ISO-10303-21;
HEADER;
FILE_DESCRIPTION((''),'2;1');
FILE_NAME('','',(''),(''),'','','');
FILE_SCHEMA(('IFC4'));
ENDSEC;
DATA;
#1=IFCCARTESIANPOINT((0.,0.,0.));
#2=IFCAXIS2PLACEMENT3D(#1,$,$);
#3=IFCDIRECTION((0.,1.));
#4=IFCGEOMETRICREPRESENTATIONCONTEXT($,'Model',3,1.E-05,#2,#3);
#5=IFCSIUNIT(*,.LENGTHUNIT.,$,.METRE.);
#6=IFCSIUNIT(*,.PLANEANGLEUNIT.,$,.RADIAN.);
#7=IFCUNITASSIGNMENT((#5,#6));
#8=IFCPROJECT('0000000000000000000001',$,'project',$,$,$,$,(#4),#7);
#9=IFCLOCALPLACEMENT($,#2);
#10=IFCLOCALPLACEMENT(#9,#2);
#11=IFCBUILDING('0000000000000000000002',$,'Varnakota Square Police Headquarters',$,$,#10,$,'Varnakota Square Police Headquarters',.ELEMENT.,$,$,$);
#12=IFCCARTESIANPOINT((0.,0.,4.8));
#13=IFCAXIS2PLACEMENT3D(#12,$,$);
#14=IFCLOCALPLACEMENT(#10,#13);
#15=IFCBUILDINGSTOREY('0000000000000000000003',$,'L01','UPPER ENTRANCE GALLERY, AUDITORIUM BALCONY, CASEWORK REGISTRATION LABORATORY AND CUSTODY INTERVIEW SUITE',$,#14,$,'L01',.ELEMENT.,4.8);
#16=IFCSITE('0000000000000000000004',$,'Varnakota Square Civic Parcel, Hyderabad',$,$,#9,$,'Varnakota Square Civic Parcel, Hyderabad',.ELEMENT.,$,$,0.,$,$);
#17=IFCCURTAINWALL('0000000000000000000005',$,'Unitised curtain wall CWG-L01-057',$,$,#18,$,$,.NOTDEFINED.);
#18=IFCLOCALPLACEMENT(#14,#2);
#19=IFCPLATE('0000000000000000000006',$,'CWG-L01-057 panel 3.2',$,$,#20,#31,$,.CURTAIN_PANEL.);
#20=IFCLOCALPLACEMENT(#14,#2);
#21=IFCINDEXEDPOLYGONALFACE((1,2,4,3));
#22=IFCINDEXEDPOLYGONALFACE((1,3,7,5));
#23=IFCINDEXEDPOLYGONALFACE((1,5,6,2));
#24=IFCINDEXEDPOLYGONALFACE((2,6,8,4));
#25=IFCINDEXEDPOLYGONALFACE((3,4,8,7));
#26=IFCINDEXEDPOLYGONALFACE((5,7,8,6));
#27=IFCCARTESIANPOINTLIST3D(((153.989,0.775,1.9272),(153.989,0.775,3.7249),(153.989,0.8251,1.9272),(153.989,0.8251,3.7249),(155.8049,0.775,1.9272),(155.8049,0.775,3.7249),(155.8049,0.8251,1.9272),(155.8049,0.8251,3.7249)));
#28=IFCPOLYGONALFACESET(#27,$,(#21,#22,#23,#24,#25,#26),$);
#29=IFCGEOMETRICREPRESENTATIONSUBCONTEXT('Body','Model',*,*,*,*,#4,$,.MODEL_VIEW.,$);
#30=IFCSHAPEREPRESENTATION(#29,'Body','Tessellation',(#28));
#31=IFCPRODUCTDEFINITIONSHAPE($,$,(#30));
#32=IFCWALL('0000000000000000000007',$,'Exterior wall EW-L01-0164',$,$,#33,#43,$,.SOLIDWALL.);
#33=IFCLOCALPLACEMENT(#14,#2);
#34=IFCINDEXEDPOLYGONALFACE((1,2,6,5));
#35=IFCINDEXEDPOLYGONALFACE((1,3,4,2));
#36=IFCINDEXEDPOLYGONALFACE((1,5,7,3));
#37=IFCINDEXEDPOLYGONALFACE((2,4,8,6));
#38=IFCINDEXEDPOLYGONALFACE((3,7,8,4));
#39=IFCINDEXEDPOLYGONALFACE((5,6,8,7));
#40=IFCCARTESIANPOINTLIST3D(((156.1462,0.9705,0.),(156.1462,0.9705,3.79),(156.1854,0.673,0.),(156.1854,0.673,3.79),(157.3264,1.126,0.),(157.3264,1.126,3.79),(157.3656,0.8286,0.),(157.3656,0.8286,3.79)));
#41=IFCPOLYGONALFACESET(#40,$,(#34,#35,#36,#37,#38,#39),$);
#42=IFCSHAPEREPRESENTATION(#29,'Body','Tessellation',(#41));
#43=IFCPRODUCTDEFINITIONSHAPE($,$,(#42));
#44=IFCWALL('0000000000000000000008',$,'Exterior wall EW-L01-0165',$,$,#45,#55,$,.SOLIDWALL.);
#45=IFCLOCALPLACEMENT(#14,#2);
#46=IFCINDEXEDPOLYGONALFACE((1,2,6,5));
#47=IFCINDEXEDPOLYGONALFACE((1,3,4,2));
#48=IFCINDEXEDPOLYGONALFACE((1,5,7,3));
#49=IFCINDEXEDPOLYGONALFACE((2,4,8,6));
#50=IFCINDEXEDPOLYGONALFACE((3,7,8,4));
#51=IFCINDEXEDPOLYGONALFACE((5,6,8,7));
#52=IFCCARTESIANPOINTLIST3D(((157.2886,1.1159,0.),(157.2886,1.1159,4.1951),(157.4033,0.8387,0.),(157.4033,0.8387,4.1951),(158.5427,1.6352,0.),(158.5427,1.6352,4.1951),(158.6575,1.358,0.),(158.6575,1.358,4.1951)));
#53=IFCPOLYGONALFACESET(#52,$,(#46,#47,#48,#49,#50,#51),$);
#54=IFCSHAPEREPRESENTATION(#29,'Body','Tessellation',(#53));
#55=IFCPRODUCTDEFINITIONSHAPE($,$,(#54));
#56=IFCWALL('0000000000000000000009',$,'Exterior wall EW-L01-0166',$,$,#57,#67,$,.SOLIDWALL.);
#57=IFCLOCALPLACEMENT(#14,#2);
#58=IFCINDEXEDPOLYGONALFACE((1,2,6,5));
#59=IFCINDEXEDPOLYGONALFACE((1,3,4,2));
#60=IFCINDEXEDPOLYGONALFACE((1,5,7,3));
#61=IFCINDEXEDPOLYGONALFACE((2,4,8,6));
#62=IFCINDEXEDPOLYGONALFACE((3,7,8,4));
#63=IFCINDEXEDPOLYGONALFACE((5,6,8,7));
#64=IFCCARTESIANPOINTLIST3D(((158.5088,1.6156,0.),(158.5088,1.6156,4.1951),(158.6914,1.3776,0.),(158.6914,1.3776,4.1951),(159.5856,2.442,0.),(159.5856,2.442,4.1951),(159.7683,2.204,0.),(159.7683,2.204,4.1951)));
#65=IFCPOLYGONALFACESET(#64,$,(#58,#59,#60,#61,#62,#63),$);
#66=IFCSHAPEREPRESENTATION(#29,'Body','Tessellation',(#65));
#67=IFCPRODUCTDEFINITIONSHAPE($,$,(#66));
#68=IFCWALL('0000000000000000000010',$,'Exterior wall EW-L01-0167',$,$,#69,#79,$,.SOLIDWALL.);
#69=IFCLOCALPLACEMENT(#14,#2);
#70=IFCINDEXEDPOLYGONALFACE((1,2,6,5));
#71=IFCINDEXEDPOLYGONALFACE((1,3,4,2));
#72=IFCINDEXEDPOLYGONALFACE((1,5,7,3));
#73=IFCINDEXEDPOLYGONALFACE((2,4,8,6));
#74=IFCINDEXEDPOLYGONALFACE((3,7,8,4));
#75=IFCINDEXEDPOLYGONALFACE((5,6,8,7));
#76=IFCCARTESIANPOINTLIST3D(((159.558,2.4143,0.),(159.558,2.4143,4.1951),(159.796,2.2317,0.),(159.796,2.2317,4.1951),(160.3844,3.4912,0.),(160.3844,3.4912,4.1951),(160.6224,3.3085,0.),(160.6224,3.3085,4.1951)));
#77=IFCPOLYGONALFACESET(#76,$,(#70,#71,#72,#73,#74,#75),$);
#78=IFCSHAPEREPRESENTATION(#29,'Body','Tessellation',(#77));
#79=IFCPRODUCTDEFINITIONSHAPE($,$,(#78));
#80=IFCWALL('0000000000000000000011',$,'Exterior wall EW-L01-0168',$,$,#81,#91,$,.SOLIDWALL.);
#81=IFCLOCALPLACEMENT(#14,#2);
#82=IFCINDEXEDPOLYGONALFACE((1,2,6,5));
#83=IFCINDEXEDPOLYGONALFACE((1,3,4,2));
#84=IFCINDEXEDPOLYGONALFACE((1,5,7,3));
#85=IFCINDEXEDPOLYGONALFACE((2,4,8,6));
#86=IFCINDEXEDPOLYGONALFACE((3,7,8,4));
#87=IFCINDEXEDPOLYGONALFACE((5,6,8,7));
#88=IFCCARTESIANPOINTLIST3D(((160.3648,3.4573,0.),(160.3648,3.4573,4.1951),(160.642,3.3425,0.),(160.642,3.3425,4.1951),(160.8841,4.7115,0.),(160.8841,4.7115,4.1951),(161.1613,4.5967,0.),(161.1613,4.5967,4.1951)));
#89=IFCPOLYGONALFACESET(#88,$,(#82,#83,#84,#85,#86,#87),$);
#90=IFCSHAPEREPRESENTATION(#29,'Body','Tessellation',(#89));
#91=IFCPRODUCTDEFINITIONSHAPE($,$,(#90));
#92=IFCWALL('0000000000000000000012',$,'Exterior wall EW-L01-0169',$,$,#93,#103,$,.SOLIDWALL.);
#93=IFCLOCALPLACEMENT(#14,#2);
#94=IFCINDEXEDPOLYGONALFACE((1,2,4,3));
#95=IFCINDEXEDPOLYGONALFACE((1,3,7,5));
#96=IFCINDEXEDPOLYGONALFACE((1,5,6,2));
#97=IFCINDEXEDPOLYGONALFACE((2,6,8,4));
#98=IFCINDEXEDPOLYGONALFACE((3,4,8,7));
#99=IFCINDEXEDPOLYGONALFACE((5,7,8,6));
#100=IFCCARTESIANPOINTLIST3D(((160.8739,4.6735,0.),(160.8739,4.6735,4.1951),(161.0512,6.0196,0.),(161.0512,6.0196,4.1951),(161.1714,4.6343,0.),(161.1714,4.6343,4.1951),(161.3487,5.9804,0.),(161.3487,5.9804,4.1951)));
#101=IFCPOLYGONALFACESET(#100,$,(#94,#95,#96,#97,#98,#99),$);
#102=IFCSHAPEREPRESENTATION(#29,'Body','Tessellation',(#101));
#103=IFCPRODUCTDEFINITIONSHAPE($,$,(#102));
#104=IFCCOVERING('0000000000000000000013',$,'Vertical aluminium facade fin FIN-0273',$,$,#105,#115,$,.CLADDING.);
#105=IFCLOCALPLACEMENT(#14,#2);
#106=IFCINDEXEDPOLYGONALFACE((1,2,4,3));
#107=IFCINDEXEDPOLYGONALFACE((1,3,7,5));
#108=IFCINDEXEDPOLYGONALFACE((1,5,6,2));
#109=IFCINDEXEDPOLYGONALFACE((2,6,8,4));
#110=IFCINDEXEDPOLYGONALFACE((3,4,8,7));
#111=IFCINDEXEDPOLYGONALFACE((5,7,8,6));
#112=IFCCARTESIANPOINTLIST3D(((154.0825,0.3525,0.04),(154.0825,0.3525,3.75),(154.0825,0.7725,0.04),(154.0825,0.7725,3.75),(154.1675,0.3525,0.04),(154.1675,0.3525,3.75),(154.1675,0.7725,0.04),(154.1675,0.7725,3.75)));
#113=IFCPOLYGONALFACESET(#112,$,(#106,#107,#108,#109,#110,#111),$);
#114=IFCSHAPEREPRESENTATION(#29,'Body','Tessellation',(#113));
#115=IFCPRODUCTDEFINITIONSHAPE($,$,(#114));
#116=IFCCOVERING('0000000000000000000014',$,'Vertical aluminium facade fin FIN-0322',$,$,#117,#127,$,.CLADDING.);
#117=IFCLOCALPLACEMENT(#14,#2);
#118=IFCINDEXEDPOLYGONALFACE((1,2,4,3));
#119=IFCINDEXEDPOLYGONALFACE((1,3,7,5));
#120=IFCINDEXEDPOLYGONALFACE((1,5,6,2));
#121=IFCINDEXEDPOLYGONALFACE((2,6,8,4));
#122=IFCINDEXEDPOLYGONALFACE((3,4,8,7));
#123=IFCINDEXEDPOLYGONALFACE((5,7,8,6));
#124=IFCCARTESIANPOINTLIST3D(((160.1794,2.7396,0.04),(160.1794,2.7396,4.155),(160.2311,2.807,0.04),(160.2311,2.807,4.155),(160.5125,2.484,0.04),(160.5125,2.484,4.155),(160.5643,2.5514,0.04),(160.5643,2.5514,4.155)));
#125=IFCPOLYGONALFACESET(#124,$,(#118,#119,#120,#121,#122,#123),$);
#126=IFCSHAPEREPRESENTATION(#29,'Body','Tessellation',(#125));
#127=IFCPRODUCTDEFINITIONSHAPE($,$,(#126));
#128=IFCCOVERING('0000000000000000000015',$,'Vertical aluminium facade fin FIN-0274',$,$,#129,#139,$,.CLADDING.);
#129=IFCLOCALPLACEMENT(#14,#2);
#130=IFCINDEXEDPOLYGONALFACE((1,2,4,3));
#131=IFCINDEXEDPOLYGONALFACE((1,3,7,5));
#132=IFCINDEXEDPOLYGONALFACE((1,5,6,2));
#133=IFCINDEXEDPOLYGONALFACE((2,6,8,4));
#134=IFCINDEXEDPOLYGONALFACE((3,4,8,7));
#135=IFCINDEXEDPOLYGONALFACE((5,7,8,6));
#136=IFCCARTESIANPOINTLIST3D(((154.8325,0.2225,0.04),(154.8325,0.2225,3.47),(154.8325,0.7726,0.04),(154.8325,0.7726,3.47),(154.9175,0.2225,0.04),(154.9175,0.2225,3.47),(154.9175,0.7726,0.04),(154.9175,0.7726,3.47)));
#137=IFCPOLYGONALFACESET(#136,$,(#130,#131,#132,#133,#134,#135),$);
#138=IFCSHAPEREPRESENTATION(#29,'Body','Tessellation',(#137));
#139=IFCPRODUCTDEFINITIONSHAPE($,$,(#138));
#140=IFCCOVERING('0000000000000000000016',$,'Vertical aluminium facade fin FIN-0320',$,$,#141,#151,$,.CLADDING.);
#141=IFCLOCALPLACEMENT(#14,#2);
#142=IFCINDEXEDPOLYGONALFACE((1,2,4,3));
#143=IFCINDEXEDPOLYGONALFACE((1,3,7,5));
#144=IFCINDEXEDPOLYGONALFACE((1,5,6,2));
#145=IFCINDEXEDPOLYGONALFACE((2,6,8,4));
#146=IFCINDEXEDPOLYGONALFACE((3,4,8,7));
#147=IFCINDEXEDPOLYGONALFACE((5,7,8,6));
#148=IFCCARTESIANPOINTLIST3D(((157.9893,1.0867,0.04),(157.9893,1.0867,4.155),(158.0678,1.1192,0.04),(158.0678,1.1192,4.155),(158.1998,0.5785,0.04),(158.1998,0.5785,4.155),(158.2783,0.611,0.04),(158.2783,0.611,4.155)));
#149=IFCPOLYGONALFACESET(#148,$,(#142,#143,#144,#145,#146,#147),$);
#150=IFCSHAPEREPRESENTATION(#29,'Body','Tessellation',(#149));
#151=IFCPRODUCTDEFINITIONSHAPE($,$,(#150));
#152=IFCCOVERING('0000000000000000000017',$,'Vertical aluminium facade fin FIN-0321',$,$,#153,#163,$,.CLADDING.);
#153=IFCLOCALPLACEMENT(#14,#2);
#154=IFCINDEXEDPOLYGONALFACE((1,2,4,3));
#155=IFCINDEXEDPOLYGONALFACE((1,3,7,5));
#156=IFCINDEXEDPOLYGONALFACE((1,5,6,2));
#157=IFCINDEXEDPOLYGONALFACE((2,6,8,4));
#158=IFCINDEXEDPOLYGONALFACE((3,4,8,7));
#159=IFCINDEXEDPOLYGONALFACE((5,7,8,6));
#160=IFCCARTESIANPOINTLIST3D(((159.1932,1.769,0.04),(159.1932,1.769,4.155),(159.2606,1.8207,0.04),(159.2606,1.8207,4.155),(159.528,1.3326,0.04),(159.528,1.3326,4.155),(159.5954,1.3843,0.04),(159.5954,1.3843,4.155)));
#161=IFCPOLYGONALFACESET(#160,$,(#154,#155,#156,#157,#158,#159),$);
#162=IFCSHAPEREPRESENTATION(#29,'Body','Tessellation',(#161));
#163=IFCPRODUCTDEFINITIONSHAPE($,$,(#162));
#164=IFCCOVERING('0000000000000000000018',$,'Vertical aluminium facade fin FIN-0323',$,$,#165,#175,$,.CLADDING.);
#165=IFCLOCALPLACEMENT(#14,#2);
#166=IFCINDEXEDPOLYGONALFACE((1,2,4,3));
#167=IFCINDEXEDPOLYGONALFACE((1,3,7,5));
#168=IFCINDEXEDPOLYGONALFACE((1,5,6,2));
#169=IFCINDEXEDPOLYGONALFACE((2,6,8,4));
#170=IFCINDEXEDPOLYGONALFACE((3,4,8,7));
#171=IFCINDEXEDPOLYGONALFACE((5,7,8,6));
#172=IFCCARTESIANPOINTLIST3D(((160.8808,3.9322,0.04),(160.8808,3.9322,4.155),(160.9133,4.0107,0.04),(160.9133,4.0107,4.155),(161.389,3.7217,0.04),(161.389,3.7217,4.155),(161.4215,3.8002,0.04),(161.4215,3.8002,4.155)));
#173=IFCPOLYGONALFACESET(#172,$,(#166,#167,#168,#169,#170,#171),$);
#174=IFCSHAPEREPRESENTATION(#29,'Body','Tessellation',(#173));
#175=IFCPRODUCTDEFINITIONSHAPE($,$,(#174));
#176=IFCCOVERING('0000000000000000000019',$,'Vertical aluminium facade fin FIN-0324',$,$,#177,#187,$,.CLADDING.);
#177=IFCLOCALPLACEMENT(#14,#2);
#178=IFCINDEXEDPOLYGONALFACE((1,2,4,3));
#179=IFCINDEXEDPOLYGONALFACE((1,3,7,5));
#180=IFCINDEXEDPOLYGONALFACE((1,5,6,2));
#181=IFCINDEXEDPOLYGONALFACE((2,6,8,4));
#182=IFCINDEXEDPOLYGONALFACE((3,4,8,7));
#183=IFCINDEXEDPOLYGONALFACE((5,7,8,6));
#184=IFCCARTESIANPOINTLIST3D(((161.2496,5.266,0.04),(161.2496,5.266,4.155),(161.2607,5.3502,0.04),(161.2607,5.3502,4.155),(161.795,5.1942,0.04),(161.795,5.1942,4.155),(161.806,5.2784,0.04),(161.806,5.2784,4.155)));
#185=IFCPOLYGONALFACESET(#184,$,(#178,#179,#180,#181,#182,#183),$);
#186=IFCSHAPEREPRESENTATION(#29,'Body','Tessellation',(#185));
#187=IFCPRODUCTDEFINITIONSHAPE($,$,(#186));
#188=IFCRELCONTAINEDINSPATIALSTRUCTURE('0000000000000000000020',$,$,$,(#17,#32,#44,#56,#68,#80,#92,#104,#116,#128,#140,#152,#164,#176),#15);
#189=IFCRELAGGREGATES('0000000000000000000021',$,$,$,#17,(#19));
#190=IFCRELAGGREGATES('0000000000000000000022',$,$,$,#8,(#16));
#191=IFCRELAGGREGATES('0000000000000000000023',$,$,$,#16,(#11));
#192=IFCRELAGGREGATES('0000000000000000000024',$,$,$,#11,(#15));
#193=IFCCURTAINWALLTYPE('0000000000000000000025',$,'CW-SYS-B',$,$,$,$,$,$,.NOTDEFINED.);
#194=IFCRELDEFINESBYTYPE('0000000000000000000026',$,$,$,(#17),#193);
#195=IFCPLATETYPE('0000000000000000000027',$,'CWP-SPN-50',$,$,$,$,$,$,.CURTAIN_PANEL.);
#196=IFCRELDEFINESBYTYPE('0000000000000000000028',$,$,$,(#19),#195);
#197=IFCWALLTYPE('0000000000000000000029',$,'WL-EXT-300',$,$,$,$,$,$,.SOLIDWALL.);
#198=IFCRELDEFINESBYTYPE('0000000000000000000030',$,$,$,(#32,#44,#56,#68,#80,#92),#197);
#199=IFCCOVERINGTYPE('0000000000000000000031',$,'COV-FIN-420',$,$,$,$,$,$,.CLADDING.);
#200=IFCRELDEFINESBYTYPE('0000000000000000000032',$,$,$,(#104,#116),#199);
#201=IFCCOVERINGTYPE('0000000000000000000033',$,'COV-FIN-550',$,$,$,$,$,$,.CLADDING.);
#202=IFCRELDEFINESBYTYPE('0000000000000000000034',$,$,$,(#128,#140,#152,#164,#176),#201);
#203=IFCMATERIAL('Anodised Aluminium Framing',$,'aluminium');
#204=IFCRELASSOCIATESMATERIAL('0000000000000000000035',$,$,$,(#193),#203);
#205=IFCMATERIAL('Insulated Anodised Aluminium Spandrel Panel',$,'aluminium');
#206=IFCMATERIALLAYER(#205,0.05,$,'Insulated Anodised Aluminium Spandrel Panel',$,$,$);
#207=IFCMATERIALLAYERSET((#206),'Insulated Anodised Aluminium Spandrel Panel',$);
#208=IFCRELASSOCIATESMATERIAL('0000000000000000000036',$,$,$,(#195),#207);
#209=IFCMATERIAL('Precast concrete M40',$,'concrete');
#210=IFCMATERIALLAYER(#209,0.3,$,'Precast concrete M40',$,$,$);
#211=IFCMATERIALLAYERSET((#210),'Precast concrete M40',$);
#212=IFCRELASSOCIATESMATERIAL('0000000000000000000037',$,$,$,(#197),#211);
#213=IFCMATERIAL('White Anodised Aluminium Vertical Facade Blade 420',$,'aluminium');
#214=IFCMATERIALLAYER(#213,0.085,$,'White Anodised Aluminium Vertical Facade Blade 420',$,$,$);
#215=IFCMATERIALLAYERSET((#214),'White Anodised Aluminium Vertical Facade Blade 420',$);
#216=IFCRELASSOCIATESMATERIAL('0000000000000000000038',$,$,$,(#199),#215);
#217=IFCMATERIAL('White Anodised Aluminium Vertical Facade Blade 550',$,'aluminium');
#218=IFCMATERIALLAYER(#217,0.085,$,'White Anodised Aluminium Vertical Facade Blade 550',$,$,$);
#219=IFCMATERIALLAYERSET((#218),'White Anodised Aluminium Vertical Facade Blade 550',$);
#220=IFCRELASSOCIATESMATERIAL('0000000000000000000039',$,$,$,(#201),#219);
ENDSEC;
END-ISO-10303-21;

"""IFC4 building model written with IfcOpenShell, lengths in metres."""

from ifc_helpers import new_model, si_unit, direction, frame, frame_2d, origin, origin_2d, place, context, subcontext, project, spatial, rectangle, extrude, material, layer, layer_set, type_object, element, aggregate, save


model = new_model("IFC4")

# Units and contexts
model_context = context("Model", 3, precision=1e-05, world=origin(), true_north=direction((0.0, 1.0)))
body_context = subcontext(model_context, "Body", "Model", "MODEL_VIEW")
ifc_project = project(units=[si_unit("LENGTHUNIT", "METRE"), si_unit("PLANEANGLEUNIT", "RADIAN")], contexts=[model_context])

# Site, building, storey
site_placement = place(None, origin())
site = spatial("IfcSite", under=ifc_project, at=site_placement, Name="Varnakota Square Civic Parcel, Hyderabad", LongName="Varnakota Square Civic Parcel, Hyderabad", CompositionType="ELEMENT", RefElevation=0.0)
building_placement = place(site_placement, origin())
building = spatial("IfcBuilding", under=site, at=building_placement, Name="Varnakota Square Police Headquarters", LongName="Varnakota Square Police Headquarters", CompositionType="ELEMENT")
storey_placement = place(building_placement, frame((0.0, 0.0, 4.8)))
storey = spatial("IfcBuildingStorey", under=building, at=storey_placement, Name="L01", Description="UPPER ENTRANCE GALLERY, AUDITORIUM BALCONY, CASEWORK REGISTRATION LABORATORY AND CUSTODY INTERVIEW SUITE", LongName="L01", CompositionType="ELEMENT", Elevation=4.8)

# Curtain wall, plate
ifc_material_1 = material(Name="Anodised Aluminium Framing", Category="aluminium")
curtain_wall_type = type_object("IfcCurtainWallType", Name="CW-SYS-B", PredefinedType="NOTDEFINED", material=ifc_material_1)
curtain_wall_placement = place(storey_placement, origin())
curtain_wall = element("IfcCurtainWall", 1, at=curtain_wall_placement, inside=storey, type_object=curtain_wall_type, Name="Unitised curtain wall CWG-L01-057", PredefinedType="NOTDEFINED")
ifc_material_2 = material(Name="Insulated Anodised Aluminium Spandrel Panel", Category="aluminium")
ifc_layer_1 = layer(ifc_material_2, 0.05, Name="Insulated Anodised Aluminium Spandrel Panel")
ifc_layer_set_1 = layer_set([ifc_layer_1], Name="Insulated Anodised Aluminium Spandrel Panel")
plate_type_1 = type_object("IfcPlateType", Name="CWP-SPN-50", PredefinedType="CURTAIN_PANEL", material=ifc_layer_set_1)
plate_1_placement = place(storey_placement, frame((154.897, 0.8, 1.9272), z_axis=(0.0, 0.0, 1.0), x_axis=(1.0, 0.0, 0.0)))
plate_1 = element("IfcPlate", 2, at=plate_1_placement, type_object=plate_type_1, Name="CWG-L01-057 panel 3.2", PredefinedType="CURTAIN_PANEL", context=body_context, shape_type="SweptSolid", body=[
    extrude(rectangle(XDim=1.8159, YDim=0.05, at=origin_2d()), origin(), (0.0, 0.0, 1.0), 1.7976),
])
aggregate(curtain_wall, [plate_1])

# Walls
ifc_material_3 = material(Name="Precast concrete M40", Category="concrete")
ifc_layer_2 = layer(ifc_material_3, 0.3, Name="Precast concrete M40")
ifc_layer_set_2 = layer_set([ifc_layer_2], Name="Precast concrete M40")
wall_type = type_object("IfcWallType", Name="WL-EXT-300", PredefinedType="SOLIDWALL", material=ifc_layer_set_2)
wall_1_placement = place(storey_placement, frame((156.1658, 0.8218, 0.0), z_axis=(0.0, 0.0, 1.0), x_axis=(0.991429, 0.130646, 0.0)))
element("IfcWall", 3, at=wall_1_placement, inside=storey, type_object=wall_type, Name="Exterior wall EW-L01-0164", PredefinedType="SOLIDWALL", context=body_context, shape_type="SweptSolid", body=[
    extrude(rectangle(XDim=1.1904, YDim=0.3, at=frame_2d((0.5952, 0.0))), origin(), (0.0, 0.0, 1.0), 3.79),
])
for number, where, z_axis, x_axis, name in (
    (4, (157.3459, 0.9773, 0.0), (0.0, 0.0, 1.0), (0.923931, 0.382558, 0.0), "Exterior wall EW-L01-0165"),
    (5, (158.6001, 1.4966, 0.0), (0.0, 0.0, 1.0), (0.793325, 0.608798, 0.0), "Exterior wall EW-L01-0166"),
    (6, (159.677, 2.323, 0.0), (0.0, 0.0, 1.0), (0.608798, 0.793325, 0.0), "Exterior wall EW-L01-0167"),
    (7, (160.5034, 3.3999, 0.0), (0.0, 0.0, 1.0), (0.382558, 0.923931, 0.0), "Exterior wall EW-L01-0168"),
):
    element("IfcWall", number, at=place(storey_placement, frame(where, z_axis=z_axis, x_axis=x_axis)), inside=storey, type_object=wall_type, Name=name, PredefinedType="SOLIDWALL", context=body_context, shape_type="SweptSolid", body=[
        extrude(rectangle(XDim=1.3574, YDim=0.3, at=frame_2d((0.6787, 0.0))), origin(), (0.0, 0.0, 1.0), 4.1951),
    ])
wall_2_placement = place(storey_placement, frame((161.0227, 4.6541, 0.0), z_axis=(0.0, 0.0, 1.0), x_axis=(0.130562, 0.99144, 0.0)))
element("IfcWall", 8, at=wall_2_placement, inside=storey, type_object=wall_type, Name="Exterior wall EW-L01-0169", PredefinedType="SOLIDWALL", context=body_context, shape_type="SweptSolid", body=[
    extrude(rectangle(XDim=1.3577, YDim=0.3, at=frame_2d((0.6787, 0.0))), origin(), (0.0, 0.0, 1.0), 4.1951),
])

# Coverings
ifc_material_4 = material(Name="White Anodised Aluminium Vertical Facade Blade 420", Category="aluminium")
ifc_layer_3 = layer(ifc_material_4, 0.085, Name="White Anodised Aluminium Vertical Facade Blade 420")
ifc_layer_set_3 = layer_set([ifc_layer_3], Name="White Anodised Aluminium Vertical Facade Blade 420")
covering_type_1 = type_object("IfcCoveringType", Name="COV-FIN-420", PredefinedType="CLADDING", material=ifc_layer_set_3)
covering_1_placement = place(storey_placement, frame((154.125, 0.5625, 0.04), z_axis=(0.0, 0.0, 1.0), x_axis=(1.0, 0.0, 0.0)))
element("IfcCovering", 9, at=covering_1_placement, inside=storey, type_object=covering_type_1, Name="Vertical aluminium facade fin FIN-0273", PredefinedType="CLADDING", context=body_context, shape_type="SweptSolid", body=[
    extrude(rectangle(XDim=0.085, YDim=0.4199, at=origin_2d()), origin(), (0.0, 0.0, 1.0), 3.71),
])
covering_2_placement = place(storey_placement, frame((160.3718, 2.6455, 0.04), z_axis=(0.0, 0.0, 1.0), x_axis=(0.608761, 0.793353, 0.0)))
element("IfcCovering", 10, at=covering_2_placement, inside=storey, type_object=covering_type_1, Name="Vertical aluminium facade fin FIN-0322", PredefinedType="CLADDING", context=body_context, shape_type="SweptSolid", body=[
    extrude(rectangle(XDim=0.085, YDim=0.4199, at=origin_2d()), origin(), (0.0, 0.0, 1.0), 4.115),
])
ifc_material_5 = material(Name="White Anodised Aluminium Vertical Facade Blade 550", Category="aluminium")
ifc_layer_4 = layer(ifc_material_5, 0.085, Name="White Anodised Aluminium Vertical Facade Blade 550")
ifc_layer_set_4 = layer_set([ifc_layer_4], Name="White Anodised Aluminium Vertical Facade Blade 550")
covering_type_2 = type_object("IfcCoveringType", Name="COV-FIN-550", PredefinedType="CLADDING", material=ifc_layer_set_4)
covering_3_placement = place(storey_placement, frame((154.875, 0.4976, 0.04), z_axis=(0.0, 0.0, 1.0), x_axis=(1.0, 0.0, 0.0)))
element("IfcCovering", 11, at=covering_3_placement, inside=storey, type_object=covering_type_2, Name="Vertical aluminium facade fin FIN-0274", PredefinedType="CLADDING", context=body_context, shape_type="SweptSolid", body=[
    extrude(rectangle(XDim=0.085, YDim=0.55, at=origin_2d()), origin(), (0.0, 0.0, 1.0), 3.4299),
])
for number, where, z_axis, x_axis, name in (
    (12, (158.1338, 0.8489, 0.04), (0.0, 0.0, 1.0), (0.92388, 0.382683, 0.0), "Vertical aluminium facade fin FIN-0320"),
    (13, (159.3943, 1.5767, 0.04), (0.0, 0.0, 1.0), (0.793353, 0.608761, 0.0), "Vertical aluminium facade fin FIN-0321"),
    (14, (161.1511, 3.8662, 0.04), (0.0, 0.0, 1.0), (0.382683, 0.92388, 0.0), "Vertical aluminium facade fin FIN-0323"),
    (15, (161.5278, 5.2722, 0.04), (0.0, 0.0, 1.0), (0.130526, 0.991445, 0.0), "Vertical aluminium facade fin FIN-0324"),
):
    element("IfcCovering", number, at=place(storey_placement, frame(where, z_axis=z_axis, x_axis=x_axis)), inside=storey, type_object=covering_type_2, Name=name, PredefinedType="CLADDING", context=body_context, shape_type="SweptSolid", body=[
        extrude(rectangle(XDim=0.085, YDim=0.55, at=origin_2d()), origin(), (0.0, 0.0, 1.0), 4.115),
    ])

save(model, "model.ifc")
